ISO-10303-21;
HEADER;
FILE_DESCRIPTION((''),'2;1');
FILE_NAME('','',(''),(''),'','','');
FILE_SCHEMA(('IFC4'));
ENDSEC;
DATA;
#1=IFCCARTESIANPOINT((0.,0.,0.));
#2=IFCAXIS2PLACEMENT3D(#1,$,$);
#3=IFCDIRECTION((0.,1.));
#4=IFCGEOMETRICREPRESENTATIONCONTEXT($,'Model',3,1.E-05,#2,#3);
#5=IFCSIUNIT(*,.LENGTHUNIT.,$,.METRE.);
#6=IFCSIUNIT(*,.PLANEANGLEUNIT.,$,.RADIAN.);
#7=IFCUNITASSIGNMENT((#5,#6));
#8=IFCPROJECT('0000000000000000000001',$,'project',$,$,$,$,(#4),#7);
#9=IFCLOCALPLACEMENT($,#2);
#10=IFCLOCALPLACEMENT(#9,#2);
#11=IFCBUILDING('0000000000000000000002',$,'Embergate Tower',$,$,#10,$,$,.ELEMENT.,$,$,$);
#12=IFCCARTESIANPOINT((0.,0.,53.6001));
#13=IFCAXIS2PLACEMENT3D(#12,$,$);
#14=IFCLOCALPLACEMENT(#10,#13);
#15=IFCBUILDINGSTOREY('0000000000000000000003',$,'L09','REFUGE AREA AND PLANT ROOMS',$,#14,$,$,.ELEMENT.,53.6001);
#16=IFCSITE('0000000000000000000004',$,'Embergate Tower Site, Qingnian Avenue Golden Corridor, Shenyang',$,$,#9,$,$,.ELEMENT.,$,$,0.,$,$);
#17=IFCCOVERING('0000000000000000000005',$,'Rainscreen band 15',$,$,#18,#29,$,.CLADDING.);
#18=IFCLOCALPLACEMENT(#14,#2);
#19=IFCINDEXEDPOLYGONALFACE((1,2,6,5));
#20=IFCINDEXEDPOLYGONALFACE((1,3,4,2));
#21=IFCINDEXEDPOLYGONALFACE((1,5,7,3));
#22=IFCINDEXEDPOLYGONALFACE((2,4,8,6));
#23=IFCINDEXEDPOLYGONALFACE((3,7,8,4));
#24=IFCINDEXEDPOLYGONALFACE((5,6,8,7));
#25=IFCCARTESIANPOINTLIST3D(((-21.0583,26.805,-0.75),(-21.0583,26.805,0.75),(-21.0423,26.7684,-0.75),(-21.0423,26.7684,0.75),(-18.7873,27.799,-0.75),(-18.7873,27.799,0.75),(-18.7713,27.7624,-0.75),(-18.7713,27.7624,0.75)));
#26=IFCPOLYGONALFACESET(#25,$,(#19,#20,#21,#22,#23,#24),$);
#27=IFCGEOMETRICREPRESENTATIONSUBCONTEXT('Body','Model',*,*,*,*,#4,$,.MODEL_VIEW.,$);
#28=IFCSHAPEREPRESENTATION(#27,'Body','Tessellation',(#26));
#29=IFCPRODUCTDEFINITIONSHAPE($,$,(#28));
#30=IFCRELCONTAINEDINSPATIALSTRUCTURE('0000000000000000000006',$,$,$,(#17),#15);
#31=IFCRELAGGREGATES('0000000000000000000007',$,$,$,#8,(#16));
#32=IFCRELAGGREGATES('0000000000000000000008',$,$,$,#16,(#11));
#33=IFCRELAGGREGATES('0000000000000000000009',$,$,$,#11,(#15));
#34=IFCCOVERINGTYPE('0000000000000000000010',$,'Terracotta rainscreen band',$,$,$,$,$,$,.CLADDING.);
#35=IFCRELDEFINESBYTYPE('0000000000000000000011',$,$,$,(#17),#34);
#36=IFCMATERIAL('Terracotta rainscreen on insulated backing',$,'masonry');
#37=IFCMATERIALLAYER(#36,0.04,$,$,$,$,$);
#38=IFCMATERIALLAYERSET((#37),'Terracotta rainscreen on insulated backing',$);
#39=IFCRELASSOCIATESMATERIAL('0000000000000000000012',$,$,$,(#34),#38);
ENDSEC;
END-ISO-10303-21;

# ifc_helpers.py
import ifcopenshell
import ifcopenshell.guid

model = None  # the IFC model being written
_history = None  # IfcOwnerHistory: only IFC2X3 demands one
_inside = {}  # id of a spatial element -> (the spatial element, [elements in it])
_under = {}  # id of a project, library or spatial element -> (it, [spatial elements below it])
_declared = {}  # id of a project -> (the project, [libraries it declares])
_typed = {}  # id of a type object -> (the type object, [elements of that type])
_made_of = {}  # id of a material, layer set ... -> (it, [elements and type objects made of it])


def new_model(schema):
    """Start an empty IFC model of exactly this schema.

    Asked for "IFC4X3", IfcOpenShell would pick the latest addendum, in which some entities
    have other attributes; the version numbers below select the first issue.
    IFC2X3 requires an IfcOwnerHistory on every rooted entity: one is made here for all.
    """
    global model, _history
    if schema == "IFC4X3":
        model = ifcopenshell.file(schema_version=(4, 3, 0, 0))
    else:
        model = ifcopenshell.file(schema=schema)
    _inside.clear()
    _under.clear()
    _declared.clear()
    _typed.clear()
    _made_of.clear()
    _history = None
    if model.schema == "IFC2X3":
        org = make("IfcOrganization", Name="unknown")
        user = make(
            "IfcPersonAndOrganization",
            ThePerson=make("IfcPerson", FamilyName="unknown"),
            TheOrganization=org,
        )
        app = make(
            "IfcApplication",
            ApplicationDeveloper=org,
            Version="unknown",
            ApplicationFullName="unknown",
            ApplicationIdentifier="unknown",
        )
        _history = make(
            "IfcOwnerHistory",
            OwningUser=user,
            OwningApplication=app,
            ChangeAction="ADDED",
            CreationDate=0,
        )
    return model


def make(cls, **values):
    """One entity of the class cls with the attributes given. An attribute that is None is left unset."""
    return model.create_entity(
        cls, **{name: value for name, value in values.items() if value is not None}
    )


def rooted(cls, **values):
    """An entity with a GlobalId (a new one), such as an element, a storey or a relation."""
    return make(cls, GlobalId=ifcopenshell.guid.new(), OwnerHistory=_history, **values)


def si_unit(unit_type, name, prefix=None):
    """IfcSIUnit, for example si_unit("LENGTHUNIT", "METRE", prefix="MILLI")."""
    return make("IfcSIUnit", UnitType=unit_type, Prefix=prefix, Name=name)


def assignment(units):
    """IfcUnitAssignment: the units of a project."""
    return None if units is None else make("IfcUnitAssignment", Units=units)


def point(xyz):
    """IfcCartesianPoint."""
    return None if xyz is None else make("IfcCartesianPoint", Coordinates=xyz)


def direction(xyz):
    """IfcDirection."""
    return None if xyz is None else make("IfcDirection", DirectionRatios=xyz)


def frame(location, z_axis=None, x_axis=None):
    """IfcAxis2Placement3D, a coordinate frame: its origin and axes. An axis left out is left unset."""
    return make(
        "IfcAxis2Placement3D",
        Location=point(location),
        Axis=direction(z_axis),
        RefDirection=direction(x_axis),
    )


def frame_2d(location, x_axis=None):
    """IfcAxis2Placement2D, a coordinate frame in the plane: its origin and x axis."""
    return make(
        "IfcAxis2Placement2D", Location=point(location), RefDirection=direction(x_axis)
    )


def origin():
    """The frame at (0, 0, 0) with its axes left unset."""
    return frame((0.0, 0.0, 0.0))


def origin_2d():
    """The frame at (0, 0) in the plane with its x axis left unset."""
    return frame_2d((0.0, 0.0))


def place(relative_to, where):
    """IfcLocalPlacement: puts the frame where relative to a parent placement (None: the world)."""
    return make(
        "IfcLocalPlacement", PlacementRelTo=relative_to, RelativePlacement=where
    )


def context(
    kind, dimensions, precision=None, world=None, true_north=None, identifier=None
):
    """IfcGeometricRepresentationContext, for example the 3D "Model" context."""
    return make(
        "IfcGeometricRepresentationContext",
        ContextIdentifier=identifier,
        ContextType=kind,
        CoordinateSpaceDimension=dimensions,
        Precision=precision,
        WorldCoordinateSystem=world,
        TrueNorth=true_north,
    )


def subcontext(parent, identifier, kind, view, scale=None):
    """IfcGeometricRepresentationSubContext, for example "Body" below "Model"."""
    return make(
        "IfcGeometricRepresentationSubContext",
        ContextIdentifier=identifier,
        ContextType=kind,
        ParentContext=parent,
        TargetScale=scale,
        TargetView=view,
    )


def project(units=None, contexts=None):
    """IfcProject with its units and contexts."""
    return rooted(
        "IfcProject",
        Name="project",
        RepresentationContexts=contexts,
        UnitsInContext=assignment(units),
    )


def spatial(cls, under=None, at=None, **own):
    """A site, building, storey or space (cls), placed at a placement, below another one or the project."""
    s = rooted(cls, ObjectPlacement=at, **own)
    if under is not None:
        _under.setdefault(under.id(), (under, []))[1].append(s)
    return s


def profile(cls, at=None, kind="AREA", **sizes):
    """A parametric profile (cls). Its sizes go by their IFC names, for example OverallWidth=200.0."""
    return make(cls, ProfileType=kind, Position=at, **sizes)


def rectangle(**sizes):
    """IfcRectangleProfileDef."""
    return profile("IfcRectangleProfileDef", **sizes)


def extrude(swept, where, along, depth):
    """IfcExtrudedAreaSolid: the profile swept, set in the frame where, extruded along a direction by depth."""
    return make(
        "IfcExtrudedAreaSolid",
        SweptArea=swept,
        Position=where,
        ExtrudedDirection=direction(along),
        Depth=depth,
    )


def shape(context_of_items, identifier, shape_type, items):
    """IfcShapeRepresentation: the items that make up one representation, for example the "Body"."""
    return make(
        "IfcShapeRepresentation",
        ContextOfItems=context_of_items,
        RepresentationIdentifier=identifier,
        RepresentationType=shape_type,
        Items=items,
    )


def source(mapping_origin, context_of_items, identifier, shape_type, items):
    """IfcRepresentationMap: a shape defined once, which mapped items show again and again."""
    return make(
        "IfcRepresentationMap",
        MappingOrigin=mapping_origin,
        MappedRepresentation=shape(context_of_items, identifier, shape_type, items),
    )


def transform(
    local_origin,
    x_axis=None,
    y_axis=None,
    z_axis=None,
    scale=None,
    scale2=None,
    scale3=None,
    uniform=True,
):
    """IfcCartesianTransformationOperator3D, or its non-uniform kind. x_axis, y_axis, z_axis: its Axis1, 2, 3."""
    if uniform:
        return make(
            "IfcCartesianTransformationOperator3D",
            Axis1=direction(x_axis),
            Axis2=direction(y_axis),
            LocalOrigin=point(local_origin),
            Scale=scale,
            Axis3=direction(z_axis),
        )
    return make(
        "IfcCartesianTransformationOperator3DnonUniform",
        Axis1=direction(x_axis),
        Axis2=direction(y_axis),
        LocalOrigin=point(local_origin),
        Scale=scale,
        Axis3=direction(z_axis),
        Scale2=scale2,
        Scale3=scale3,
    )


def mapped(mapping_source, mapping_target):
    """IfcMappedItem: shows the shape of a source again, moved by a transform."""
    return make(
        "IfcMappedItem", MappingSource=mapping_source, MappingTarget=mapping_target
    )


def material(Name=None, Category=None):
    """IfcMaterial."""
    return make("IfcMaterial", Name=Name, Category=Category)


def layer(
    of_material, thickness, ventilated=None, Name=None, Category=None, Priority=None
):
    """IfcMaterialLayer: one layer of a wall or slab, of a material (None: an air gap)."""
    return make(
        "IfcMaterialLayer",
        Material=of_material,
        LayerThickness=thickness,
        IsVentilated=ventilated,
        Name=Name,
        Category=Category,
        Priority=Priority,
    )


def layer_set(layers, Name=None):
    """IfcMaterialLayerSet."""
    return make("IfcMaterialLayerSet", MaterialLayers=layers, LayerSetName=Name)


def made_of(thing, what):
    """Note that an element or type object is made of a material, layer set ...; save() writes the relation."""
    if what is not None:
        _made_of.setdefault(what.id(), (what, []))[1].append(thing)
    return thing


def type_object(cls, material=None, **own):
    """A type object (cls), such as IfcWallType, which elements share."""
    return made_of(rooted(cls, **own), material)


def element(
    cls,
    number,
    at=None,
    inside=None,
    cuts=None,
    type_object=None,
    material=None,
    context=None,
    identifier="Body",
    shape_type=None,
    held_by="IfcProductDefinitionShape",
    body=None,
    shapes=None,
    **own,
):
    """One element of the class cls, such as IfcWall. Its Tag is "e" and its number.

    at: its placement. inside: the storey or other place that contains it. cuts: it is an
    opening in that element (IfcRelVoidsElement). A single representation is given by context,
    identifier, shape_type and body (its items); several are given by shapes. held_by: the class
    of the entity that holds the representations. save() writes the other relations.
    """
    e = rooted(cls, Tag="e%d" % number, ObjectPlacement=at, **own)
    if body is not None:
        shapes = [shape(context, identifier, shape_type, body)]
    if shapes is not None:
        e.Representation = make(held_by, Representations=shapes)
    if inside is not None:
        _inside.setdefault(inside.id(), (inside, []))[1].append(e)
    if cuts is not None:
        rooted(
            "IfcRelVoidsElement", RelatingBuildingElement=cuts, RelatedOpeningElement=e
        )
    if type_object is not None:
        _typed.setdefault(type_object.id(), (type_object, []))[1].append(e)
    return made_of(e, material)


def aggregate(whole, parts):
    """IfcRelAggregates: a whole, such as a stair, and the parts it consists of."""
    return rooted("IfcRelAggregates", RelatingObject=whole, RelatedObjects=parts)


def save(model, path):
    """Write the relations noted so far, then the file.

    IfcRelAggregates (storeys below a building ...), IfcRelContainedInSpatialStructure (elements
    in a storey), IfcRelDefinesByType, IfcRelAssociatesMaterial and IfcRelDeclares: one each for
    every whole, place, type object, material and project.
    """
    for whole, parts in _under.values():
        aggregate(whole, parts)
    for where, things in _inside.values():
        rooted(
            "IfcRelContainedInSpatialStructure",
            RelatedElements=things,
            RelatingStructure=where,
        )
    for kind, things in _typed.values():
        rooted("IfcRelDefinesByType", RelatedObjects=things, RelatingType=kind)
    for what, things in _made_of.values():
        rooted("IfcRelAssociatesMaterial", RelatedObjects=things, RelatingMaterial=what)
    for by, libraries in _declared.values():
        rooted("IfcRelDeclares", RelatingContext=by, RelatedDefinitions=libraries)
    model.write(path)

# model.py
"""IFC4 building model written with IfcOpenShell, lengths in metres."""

from ifc_helpers import new_model, si_unit, direction, frame, origin, origin_2d, place, context, subcontext, project, spatial, rectangle, extrude, source, transform, mapped, material, layer, layer_set, type_object, element, save


model = new_model("IFC4")

# Units and contexts
model_context = context("Model", 3, precision=1e-05, world=origin(), true_north=direction((0.0, 1.0)))
body_context = subcontext(model_context, "Body", "Model", "MODEL_VIEW")
ifc_project = project(units=[si_unit("LENGTHUNIT", "METRE"), si_unit("PLANEANGLEUNIT", "RADIAN")], contexts=[model_context])

# Site, building, storey
site_placement = place(None, origin())
site = spatial("IfcSite", under=ifc_project, at=site_placement, Name="Embergate Tower Site, Qingnian Avenue Golden Corridor, Shenyang", CompositionType="ELEMENT", RefElevation=0.0)
building_placement = place(site_placement, origin())
building = spatial("IfcBuilding", under=site, at=building_placement, Name="Embergate Tower", CompositionType="ELEMENT")
storey_placement = place(building_placement, frame((0.0, 0.0, 53.6001)))
storey = spatial("IfcBuildingStorey", under=building, at=storey_placement, Name="L09", Description="REFUGE AREA AND PLANT ROOMS", CompositionType="ELEMENT", Elevation=53.6001)

# Covering
ifc_material_1 = material(Name="Terracotta rainscreen on insulated backing", Category="masonry")
ifc_layer_1 = layer(ifc_material_1, 0.04)
ifc_layer_set_1 = layer_set([ifc_layer_1], Name="Terracotta rainscreen on insulated backing")
covering_type = type_object("IfcCoveringType", Name="Terracotta rainscreen band", PredefinedType="CLADDING", material=ifc_layer_set_1)
shared_shape_1 = source(origin(), body_context, "Body", "SweptSolid", [
    extrude(rectangle(XDim=2.479, YDim=0.04, at=origin_2d()), origin(), (0.0, 0.0, 1.0), 1.5),
])
covering_1_placement = place(storey_placement, frame((-19.9148, 27.2837, -0.75), z_axis=(0.0, 0.0, 1.0), x_axis=(-0.916093, -0.400966, 0.0)))
element("IfcCovering", 1, at=covering_1_placement, inside=storey, type_object=covering_type, Name="Rainscreen band 15", PredefinedType="CLADDING", context=body_context, shape_type="MappedRepresentation", body=[
    mapped(shared_shape_1, transform((0.0, 0.0, 0.0))),
])

save(model, "model.ifc")
